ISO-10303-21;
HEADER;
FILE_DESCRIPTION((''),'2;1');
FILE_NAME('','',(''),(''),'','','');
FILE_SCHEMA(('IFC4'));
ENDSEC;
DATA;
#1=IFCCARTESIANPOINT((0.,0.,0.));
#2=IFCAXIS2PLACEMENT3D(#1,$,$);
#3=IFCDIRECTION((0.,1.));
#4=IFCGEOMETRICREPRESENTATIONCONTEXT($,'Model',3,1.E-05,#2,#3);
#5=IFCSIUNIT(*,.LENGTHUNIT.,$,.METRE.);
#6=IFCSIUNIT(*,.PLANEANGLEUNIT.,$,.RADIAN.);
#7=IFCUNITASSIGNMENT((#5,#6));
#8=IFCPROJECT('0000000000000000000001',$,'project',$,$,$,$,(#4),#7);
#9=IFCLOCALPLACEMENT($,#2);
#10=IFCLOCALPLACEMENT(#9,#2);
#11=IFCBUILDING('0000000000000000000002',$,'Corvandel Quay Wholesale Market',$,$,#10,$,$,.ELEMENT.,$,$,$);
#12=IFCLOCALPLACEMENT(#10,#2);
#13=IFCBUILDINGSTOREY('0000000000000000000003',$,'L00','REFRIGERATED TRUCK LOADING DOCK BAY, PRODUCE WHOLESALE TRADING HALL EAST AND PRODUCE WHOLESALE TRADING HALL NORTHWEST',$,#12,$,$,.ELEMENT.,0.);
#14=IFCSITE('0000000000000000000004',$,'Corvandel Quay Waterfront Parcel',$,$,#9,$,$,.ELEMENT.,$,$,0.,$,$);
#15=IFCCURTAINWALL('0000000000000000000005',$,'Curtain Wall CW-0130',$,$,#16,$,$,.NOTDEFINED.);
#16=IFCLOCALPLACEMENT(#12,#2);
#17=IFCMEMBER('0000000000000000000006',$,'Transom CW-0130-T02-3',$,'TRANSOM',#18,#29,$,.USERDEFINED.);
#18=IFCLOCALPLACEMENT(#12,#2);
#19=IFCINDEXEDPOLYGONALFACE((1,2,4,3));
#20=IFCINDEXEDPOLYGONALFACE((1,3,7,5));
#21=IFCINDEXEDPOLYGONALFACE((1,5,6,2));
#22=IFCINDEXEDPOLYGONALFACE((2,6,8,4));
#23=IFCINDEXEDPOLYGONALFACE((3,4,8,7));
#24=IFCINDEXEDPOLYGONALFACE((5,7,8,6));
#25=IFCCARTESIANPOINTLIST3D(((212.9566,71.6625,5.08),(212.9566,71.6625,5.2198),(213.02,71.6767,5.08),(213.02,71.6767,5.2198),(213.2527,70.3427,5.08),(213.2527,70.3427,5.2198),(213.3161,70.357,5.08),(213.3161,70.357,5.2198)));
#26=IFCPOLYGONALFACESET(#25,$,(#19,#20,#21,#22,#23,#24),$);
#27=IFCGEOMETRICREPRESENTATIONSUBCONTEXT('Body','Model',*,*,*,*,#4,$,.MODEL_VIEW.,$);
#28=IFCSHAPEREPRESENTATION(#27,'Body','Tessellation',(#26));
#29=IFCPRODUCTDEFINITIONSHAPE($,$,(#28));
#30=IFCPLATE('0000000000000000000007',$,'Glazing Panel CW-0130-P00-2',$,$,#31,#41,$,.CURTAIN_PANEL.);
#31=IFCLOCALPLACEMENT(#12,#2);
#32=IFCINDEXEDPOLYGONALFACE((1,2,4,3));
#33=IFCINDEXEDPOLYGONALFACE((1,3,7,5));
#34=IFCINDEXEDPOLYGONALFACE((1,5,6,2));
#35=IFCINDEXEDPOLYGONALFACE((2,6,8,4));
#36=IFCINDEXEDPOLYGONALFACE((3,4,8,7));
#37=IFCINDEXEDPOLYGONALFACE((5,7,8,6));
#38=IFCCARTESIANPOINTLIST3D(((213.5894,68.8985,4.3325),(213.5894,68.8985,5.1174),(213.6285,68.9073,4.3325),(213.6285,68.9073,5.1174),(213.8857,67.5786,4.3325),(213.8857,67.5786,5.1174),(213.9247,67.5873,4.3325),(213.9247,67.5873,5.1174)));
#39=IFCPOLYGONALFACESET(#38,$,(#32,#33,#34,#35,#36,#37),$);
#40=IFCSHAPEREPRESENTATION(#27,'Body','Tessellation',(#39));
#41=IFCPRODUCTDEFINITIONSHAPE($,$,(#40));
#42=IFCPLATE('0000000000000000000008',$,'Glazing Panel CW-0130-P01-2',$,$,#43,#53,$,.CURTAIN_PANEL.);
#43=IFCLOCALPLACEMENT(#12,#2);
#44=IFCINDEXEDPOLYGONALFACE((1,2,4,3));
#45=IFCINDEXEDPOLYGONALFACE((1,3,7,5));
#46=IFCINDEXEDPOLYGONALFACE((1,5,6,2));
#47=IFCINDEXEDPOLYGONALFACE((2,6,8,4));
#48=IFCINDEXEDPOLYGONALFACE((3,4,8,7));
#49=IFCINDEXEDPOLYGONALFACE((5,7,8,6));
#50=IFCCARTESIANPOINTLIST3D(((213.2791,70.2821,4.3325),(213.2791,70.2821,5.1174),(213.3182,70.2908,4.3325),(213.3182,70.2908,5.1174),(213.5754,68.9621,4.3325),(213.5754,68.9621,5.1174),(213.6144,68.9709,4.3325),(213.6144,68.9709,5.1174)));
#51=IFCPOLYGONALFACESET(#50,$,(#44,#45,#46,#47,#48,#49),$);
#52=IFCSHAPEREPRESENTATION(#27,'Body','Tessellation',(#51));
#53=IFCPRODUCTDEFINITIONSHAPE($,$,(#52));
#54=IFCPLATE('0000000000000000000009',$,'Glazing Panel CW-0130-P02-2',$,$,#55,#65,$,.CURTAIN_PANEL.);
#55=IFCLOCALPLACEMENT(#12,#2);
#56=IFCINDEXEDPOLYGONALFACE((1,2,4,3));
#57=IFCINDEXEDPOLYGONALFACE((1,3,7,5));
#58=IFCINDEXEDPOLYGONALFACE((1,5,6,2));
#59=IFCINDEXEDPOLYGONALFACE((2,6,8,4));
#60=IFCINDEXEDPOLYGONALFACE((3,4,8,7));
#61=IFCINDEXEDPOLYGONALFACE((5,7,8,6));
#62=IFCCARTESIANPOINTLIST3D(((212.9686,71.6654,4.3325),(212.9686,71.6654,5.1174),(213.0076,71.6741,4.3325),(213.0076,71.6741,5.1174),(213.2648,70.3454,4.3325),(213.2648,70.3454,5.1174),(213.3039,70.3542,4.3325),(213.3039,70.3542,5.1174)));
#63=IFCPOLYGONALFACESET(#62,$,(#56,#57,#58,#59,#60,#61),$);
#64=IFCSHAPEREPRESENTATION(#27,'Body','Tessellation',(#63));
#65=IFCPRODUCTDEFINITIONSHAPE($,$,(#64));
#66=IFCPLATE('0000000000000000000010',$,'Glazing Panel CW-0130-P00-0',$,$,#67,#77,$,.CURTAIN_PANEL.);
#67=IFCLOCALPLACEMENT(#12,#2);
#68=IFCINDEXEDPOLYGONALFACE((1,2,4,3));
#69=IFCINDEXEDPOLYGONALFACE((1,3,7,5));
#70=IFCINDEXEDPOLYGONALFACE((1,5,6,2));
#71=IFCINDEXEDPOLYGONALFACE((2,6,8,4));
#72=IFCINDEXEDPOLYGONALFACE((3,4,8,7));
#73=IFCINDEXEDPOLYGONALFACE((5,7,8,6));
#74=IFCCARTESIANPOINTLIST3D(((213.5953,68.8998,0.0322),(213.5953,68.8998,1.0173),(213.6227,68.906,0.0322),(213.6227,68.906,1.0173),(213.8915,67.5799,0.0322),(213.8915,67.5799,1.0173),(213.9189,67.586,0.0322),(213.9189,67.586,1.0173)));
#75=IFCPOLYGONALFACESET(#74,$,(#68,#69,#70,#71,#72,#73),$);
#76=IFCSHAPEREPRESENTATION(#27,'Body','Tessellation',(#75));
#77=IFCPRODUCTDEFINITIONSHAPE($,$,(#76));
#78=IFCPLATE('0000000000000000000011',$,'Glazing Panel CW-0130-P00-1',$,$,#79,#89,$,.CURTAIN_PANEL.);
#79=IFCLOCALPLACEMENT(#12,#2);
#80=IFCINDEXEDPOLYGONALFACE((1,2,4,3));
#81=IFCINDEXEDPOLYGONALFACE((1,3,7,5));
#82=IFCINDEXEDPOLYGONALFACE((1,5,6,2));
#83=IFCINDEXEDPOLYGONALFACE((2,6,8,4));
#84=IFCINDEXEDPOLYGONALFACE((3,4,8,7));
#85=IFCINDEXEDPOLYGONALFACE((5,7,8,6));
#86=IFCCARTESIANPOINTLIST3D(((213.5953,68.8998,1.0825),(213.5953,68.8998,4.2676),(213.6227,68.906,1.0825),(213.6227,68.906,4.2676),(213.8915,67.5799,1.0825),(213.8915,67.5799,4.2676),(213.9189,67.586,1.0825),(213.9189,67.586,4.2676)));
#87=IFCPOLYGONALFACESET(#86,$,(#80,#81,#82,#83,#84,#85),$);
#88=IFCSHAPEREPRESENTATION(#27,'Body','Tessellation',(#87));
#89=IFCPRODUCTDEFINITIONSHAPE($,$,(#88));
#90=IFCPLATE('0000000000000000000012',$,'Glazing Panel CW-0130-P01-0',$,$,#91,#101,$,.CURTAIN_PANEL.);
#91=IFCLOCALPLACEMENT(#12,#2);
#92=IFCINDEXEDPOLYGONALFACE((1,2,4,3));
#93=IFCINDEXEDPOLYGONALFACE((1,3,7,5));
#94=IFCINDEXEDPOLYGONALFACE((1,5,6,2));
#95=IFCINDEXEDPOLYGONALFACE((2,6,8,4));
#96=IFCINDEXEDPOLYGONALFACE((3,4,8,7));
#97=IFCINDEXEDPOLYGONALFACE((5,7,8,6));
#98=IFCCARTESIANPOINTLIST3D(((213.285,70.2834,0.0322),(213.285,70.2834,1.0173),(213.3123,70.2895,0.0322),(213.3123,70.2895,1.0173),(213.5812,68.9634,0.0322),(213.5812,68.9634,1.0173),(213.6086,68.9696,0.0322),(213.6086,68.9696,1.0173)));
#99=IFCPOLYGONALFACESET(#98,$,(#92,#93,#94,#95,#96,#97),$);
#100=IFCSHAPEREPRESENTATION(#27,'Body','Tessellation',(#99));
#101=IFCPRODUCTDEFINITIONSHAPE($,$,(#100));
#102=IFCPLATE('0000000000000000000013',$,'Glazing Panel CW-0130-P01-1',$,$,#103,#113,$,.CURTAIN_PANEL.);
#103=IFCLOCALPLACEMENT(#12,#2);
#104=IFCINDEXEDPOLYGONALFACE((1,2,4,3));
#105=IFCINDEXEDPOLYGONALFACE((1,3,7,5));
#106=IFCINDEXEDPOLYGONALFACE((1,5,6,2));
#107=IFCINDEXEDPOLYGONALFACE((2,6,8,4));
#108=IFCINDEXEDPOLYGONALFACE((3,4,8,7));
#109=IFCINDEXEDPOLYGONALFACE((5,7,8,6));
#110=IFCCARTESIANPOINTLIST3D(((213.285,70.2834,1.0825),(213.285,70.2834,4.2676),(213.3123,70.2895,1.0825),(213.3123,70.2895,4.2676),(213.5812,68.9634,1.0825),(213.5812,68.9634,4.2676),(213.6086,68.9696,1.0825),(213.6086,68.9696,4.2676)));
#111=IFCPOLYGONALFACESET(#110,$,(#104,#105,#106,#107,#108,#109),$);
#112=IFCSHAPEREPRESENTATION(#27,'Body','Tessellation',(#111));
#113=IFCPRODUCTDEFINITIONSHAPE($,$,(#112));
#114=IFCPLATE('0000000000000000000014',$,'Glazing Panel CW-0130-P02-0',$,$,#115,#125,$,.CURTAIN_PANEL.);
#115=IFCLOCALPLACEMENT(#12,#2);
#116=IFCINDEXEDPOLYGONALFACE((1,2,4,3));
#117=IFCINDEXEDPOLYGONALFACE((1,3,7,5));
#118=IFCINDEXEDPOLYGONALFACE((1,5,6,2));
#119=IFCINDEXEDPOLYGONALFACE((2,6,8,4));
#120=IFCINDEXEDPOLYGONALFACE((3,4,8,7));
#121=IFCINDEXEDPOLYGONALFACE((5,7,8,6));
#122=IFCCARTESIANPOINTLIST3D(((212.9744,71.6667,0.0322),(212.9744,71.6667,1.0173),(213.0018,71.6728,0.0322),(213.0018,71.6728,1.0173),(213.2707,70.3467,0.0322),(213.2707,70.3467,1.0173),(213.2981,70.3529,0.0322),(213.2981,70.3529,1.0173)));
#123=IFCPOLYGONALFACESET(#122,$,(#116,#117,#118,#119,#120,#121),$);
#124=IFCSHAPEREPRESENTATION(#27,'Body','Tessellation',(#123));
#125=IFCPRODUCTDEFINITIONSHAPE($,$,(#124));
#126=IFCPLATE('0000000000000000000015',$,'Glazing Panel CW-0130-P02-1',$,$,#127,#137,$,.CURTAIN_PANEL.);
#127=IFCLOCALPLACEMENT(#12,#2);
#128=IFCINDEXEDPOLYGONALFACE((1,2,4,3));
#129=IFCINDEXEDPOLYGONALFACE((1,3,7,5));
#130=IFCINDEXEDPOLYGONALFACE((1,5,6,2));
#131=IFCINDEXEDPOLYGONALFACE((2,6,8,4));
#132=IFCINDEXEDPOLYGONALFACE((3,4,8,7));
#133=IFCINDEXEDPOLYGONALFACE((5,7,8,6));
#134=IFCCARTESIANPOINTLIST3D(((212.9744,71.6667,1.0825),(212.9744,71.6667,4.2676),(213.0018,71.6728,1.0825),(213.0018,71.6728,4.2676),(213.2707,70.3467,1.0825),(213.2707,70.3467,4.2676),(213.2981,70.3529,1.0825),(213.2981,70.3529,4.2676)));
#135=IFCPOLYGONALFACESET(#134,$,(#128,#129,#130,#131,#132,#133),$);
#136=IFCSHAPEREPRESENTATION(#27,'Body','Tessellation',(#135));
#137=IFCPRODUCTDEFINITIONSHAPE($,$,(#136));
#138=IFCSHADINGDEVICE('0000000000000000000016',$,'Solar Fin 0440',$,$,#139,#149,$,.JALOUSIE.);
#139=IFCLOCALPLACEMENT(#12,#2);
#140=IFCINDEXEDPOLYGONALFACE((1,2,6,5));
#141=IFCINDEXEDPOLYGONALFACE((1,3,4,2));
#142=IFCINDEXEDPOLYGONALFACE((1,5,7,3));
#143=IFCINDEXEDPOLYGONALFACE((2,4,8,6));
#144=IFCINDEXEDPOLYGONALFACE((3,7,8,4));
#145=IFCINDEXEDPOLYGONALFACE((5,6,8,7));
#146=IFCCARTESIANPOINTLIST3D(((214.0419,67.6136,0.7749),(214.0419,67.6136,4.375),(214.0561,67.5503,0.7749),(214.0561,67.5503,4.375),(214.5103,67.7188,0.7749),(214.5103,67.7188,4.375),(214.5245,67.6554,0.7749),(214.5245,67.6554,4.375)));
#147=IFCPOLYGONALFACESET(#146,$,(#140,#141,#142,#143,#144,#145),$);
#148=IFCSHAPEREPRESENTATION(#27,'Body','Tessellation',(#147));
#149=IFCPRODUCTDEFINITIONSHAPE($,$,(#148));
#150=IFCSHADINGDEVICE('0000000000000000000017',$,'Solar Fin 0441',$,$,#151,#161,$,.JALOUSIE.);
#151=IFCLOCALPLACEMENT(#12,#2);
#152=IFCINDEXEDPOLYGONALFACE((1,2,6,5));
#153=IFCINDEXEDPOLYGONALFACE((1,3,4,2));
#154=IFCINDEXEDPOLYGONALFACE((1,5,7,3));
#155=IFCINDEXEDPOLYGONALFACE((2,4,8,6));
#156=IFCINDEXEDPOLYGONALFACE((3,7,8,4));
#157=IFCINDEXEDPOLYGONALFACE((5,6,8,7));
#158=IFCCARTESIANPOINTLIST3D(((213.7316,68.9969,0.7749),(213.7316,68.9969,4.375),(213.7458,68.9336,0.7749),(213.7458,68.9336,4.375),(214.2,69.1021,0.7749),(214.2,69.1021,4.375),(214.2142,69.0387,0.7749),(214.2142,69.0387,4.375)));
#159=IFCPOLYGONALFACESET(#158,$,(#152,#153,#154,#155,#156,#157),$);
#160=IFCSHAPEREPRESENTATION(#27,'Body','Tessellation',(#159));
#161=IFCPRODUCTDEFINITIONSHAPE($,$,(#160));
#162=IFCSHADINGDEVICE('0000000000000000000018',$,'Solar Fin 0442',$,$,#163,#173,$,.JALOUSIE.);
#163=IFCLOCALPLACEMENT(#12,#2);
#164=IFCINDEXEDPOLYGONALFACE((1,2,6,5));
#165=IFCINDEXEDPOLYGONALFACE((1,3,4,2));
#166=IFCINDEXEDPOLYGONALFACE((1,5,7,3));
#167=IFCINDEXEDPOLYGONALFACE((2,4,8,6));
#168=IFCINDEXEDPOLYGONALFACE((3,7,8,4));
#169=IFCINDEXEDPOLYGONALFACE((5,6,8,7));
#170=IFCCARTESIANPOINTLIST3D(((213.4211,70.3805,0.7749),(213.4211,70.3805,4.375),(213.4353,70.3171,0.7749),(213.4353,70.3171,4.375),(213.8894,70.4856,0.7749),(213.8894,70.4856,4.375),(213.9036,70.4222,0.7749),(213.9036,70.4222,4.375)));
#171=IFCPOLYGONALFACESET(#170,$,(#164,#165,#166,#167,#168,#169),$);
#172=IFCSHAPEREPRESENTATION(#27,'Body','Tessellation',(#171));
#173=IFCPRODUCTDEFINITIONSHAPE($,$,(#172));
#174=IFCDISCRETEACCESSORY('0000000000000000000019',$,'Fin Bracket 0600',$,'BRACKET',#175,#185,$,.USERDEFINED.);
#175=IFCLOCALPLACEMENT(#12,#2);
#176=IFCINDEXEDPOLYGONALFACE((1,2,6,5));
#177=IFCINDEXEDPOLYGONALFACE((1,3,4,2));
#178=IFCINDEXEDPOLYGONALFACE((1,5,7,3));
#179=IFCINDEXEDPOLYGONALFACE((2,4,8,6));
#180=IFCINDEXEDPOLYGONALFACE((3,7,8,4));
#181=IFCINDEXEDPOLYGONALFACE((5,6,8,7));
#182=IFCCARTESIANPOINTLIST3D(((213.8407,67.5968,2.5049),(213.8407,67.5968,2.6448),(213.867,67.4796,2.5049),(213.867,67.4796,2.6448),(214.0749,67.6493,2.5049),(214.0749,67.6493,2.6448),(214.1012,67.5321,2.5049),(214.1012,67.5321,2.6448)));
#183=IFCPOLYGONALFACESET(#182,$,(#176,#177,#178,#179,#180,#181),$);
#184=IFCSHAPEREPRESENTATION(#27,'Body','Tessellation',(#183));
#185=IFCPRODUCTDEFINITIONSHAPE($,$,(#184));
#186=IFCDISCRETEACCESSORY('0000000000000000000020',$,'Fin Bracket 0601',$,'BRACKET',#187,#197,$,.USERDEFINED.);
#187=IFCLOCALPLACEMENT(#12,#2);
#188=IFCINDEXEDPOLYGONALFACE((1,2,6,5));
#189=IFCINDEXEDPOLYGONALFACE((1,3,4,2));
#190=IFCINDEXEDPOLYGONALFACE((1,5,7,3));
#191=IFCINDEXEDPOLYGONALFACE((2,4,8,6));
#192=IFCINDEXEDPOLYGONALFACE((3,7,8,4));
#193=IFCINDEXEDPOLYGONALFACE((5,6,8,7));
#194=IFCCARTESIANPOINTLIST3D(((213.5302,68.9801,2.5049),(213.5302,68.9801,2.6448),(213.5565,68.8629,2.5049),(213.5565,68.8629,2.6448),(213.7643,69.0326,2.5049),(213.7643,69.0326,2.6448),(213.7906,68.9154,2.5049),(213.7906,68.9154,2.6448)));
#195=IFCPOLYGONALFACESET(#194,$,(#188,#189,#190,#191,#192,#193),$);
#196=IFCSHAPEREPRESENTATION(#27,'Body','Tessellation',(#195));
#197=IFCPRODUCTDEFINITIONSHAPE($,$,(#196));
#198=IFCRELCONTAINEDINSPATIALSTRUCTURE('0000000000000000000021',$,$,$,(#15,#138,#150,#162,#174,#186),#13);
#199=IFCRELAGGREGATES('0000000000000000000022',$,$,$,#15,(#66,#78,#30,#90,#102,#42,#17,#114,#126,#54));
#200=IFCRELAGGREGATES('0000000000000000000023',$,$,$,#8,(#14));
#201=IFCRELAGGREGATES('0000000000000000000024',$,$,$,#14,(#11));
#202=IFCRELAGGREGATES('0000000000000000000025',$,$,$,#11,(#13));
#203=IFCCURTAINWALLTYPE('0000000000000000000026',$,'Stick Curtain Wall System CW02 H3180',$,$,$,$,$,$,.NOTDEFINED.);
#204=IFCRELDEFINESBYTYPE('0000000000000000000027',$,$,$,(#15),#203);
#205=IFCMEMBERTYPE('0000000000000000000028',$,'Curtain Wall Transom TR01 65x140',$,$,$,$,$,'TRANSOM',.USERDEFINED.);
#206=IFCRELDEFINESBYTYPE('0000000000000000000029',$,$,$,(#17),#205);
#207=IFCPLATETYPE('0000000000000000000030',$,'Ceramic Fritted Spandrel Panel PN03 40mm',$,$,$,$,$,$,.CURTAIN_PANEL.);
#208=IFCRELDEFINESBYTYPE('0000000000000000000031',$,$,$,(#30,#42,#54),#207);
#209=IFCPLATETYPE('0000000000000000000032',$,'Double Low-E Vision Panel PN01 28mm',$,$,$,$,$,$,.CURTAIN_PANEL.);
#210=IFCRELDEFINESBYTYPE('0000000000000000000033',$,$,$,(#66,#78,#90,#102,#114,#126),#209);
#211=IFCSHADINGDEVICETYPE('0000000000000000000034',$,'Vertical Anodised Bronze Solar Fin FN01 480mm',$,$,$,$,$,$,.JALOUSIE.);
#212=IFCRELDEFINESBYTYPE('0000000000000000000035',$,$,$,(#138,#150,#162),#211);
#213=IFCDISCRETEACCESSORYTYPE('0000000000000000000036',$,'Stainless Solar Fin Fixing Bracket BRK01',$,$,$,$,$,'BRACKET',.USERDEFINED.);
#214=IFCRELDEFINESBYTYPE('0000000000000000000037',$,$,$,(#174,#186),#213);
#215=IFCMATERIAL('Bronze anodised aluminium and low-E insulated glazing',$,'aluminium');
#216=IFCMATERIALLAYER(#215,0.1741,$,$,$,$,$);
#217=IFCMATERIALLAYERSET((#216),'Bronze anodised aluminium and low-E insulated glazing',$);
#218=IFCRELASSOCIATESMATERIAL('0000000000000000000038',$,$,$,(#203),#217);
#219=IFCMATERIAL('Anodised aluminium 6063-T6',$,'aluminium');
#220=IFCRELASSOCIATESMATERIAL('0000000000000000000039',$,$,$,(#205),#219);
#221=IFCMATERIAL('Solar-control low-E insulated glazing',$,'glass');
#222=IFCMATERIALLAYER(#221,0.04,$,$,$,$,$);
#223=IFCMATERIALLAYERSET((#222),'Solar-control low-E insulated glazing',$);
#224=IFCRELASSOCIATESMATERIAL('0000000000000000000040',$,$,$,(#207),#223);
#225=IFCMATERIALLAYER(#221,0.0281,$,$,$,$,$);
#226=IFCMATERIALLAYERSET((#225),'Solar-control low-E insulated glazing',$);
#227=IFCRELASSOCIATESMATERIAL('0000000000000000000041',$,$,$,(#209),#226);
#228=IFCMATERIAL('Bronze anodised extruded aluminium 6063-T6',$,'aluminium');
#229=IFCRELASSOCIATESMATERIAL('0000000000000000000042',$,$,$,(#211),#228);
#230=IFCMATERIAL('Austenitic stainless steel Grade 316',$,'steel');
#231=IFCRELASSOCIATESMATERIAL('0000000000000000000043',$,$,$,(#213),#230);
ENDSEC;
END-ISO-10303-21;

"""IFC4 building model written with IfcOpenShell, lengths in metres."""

from ifc_helpers import new_model, si_unit, direction, frame, origin, origin_2d, place, context, subcontext, project, spatial, rectangle, extrude, material, layer, layer_set, material_profile, profile_set, type_object, element, aggregate, save


model = new_model("IFC4")

# Units and contexts
model_context = context("Model", 3, precision=1e-05, world=origin(), true_north=direction((0.0, 1.0)))
body_context = subcontext(model_context, "Body", "Model", "MODEL_VIEW")
ifc_project = project(units=[si_unit("LENGTHUNIT", "METRE"), si_unit("PLANEANGLEUNIT", "RADIAN")], contexts=[model_context])

# Site, building, storey
site_placement = place(None, origin())
site = spatial("IfcSite", under=ifc_project, at=site_placement, Name="Corvandel Quay Waterfront Parcel", CompositionType="ELEMENT", RefElevation=0.0)
building_placement = place(site_placement, origin())
building = spatial("IfcBuilding", under=site, at=building_placement, Name="Corvandel Quay Wholesale Market", CompositionType="ELEMENT")
storey_placement = place(building_placement, origin())
storey = spatial("IfcBuildingStorey", under=building, at=storey_placement, Name="L00", Description="REFRIGERATED TRUCK LOADING DOCK BAY, PRODUCE WHOLESALE TRADING HALL EAST AND PRODUCE WHOLESALE TRADING HALL NORTHWEST", CompositionType="ELEMENT", Elevation=0.0)

# Curtain wall, member, plates
ifc_material_1 = material(Name="Bronze anodised aluminium and low-E insulated glazing", Category="aluminium")
ifc_layer_1 = layer(ifc_material_1, 0.1741)
ifc_layer_set_1 = layer_set([ifc_layer_1], Name="Bronze anodised aluminium and low-E insulated glazing")
curtain_wall_type = type_object("IfcCurtainWallType", Name="Stick Curtain Wall System CW02 H3180", PredefinedType="NOTDEFINED", material=ifc_layer_set_1)
curtain_wall_placement = place(storey_placement, origin())
curtain_wall = element("IfcCurtainWall", 1, at=curtain_wall_placement, inside=storey, type_object=curtain_wall_type, Name="Curtain Wall CW-0130", PredefinedType="NOTDEFINED")
ifc_material_2 = material(Name="Anodised aluminium 6063-T6", Category="aluminium")
ifc_material_profile_1 = material_profile(ifc_material_2, rectangle(XDim=0.0649, YDim=0.1399, at=origin_2d()), Name="ALU-TRN-65x140")
ifc_profile_set_1 = profile_set([ifc_material_profile_1], Name="Anodised aluminium 6063-T6")
member_type_1 = type_object("IfcMemberType", Name="Curtain Wall Transom TR01 65x140", ElementType="TRANSOM", PredefinedType="USERDEFINED", material=ifc_profile_set_1)
member_1_placement = place(storey_placement, frame((213.2844, 70.3499, 5.1499), z_axis=(-0.218937, 0.975739, 0.0), x_axis=(-0.975739, -0.218937, 0.0)))
member_1 = element("IfcMember", 2, at=member_1_placement, type_object=member_type_1, Name="Transom CW-0130-T02-3", ObjectType="TRANSOM", PredefinedType="USERDEFINED", context=body_context, shape_type="SweptSolid", body=[
    extrude(rectangle(XDim=0.0649, YDim=0.1399, at=origin_2d()), origin(), (0.0, 0.0, 1.0), 1.3525),
])
ifc_material_3 = material(Name="Solar-control low-E insulated glazing", Category="glass")
ifc_layer_2 = layer(ifc_material_3, 0.04)
ifc_layer_set_2 = layer_set([ifc_layer_2], Name="Solar-control low-E insulated glazing")
plate_type_1 = type_object("IfcPlateType", Name="Ceramic Fritted Spandrel Panel PN03 40mm", PredefinedType="CURTAIN_PANEL", material=ifc_layer_set_2)
plate_1_placement = place(storey_placement, frame((213.7571, 68.2429, 4.3325), z_axis=(0.0, 0.0, 1.0), x_axis=(-0.218995, 0.975726, 0.0)))
plate_1 = element("IfcPlate", 3, at=plate_1_placement, type_object=plate_type_1, Name="Glazing Panel CW-0130-P00-2", PredefinedType="CURTAIN_PANEL", context=body_context, shape_type="SweptSolid", body=[
    extrude(rectangle(XDim=1.3528, YDim=0.04, at=origin_2d()), origin(), (0.0, 0.0, 1.0), 0.7849),
])
plate_2_placement = place(storey_placement, frame((213.4468, 69.6265, 4.3325), z_axis=(0.0, 0.0, 1.0), x_axis=(-0.218995, 0.975726, 0.0)))
plate_2 = element("IfcPlate", 4, at=plate_2_placement, type_object=plate_type_1, Name="Glazing Panel CW-0130-P01-2", PredefinedType="CURTAIN_PANEL", context=body_context, shape_type="SweptSolid", body=[
    extrude(rectangle(XDim=1.3528, YDim=0.04, at=origin_2d()), origin(), (0.0, 0.0, 1.0), 0.7849),
])
plate_3_placement = place(storey_placement, frame((213.1362, 71.0098, 4.3325), z_axis=(0.0, 0.0, 1.0), x_axis=(-0.218995, 0.975726, 0.0)))
plate_3 = element("IfcPlate", 5, at=plate_3_placement, type_object=plate_type_1, Name="Glazing Panel CW-0130-P02-2", PredefinedType="CURTAIN_PANEL", context=body_context, shape_type="SweptSolid", body=[
    extrude(rectangle(XDim=1.3528, YDim=0.04, at=origin_2d()), origin(), (0.0, 0.0, 1.0), 0.7849),
])
ifc_layer_3 = layer(ifc_material_3, 0.0281)
ifc_layer_set_3 = layer_set([ifc_layer_3], Name="Solar-control low-E insulated glazing")
plate_type_2 = type_object("IfcPlateType", Name="Double Low-E Vision Panel PN01 28mm", PredefinedType="CURTAIN_PANEL", material=ifc_layer_set_3)
plate_4_placement = place(storey_placement, frame((213.7571, 68.2429, 0.0322), z_axis=(0.0, 0.0, 1.0), x_axis=(-0.218995, 0.975726, 0.0)))
plate_4 = element("IfcPlate", 6, at=plate_4_placement, type_object=plate_type_2, Name="Glazing Panel CW-0130-P00-0", PredefinedType="CURTAIN_PANEL", context=body_context, shape_type="SweptSolid", body=[
    extrude(rectangle(XDim=1.3528, YDim=0.0281, at=origin_2d()), origin(), (0.0, 0.0, 1.0), 0.9851),
])
plate_5_placement = place(storey_placement, frame((213.7571, 68.2429, 1.0825), z_axis=(0.0, 0.0, 1.0), x_axis=(-0.218995, 0.975726, 0.0)))
plate_5 = element("IfcPlate", 7, at=plate_5_placement, type_object=plate_type_2, Name="Glazing Panel CW-0130-P00-1", PredefinedType="CURTAIN_PANEL", context=body_context, shape_type="SweptSolid", body=[
    extrude(rectangle(XDim=1.3528, YDim=0.0281, at=origin_2d()), origin(), (0.0, 0.0, 1.0), 3.1851),
])
plate_6_placement = place(storey_placement, frame((213.4468, 69.6265, 0.0322), z_axis=(0.0, 0.0, 1.0), x_axis=(-0.218995, 0.975726, 0.0)))
plate_6 = element("IfcPlate", 8, at=plate_6_placement, type_object=plate_type_2, Name="Glazing Panel CW-0130-P01-0", PredefinedType="CURTAIN_PANEL", context=body_context, shape_type="SweptSolid", body=[
    extrude(rectangle(XDim=1.3528, YDim=0.0281, at=origin_2d()), origin(), (0.0, 0.0, 1.0), 0.9851),
])
plate_7_placement = place(storey_placement, frame((213.4468, 69.6265, 1.0825), z_axis=(0.0, 0.0, 1.0), x_axis=(-0.218995, 0.975726, 0.0)))
plate_7 = element("IfcPlate", 9, at=plate_7_placement, type_object=plate_type_2, Name="Glazing Panel CW-0130-P01-1", PredefinedType="CURTAIN_PANEL", context=body_context, shape_type="SweptSolid", body=[
    extrude(rectangle(XDim=1.3528, YDim=0.0281, at=origin_2d()), origin(), (0.0, 0.0, 1.0), 3.1851),
])
plate_8_placement = place(storey_placement, frame((213.1362, 71.0098, 0.0322), z_axis=(0.0, 0.0, 1.0), x_axis=(-0.218995, 0.975726, 0.0)))
plate_8 = element("IfcPlate", 10, at=plate_8_placement, type_object=plate_type_2, Name="Glazing Panel CW-0130-P02-0", PredefinedType="CURTAIN_PANEL", context=body_context, shape_type="SweptSolid", body=[
    extrude(rectangle(XDim=1.3528, YDim=0.0281, at=origin_2d()), origin(), (0.0, 0.0, 1.0), 0.9851),
])
plate_9_placement = place(storey_placement, frame((213.1362, 71.0098, 1.0825), z_axis=(0.0, 0.0, 1.0), x_axis=(-0.218995, 0.975726, 0.0)))
plate_9 = element("IfcPlate", 11, at=plate_9_placement, type_object=plate_type_2, Name="Glazing Panel CW-0130-P02-1", PredefinedType="CURTAIN_PANEL", context=body_context, shape_type="SweptSolid", body=[
    extrude(rectangle(XDim=1.3528, YDim=0.0281, at=origin_2d()), origin(), (0.0, 0.0, 1.0), 3.1851),
])
aggregate(curtain_wall, [plate_4, plate_5, plate_1, plate_6, plate_7, plate_2, member_1, plate_8, plate_9, plate_3])

# Shading devices
ifc_material_4 = material(Name="Bronze anodised extruded aluminium 6063-T6", Category="aluminium")
shading_device_type = type_object("IfcShadingDeviceType", Name="Vertical Anodised Bronze Solar Fin FN01 480mm", PredefinedType="JALOUSIE", material=ifc_material_4)
for number, where, z_axis, x_axis, name in (
    (12, (214.2832, 67.6345, 0.7749), (0.0, 0.0, 1.0), (0.975726, 0.218995, 0.0), "Solar Fin 0440"),
    (13, (213.9729, 69.0178, 0.7749), (0.0, 0.0, 1.0), (0.975726, 0.218995, 0.0), "Solar Fin 0441"),
    (14, (213.6624, 70.4014, 0.7749), (0.0, 0.0, 1.0), (0.975726, 0.218995, 0.0), "Solar Fin 0442"),
):
    element("IfcShadingDevice", number, at=place(storey_placement, frame(where, z_axis=z_axis, x_axis=x_axis)), inside=storey, type_object=shading_device_type, Name=name, PredefinedType="JALOUSIE", context=body_context, shape_type="SweptSolid", body=[
        extrude(rectangle(XDim=0.48, YDim=0.0649, at=origin_2d()), origin(), (0.0, 0.0, 1.0), 3.6001),
    ])

# Discrete accessories
ifc_material_5 = material(Name="Austenitic stainless steel Grade 316", Category="steel")
discrete_accessory_type = type_object("IfcDiscreteAccessoryType", Name="Stainless Solar Fin Fixing Bracket BRK01", ElementType="BRACKET", PredefinedType="USERDEFINED", material=ifc_material_5)
for number, where, z_axis, x_axis, name in (
    (15, (213.9709, 67.5645, 2.5049), (0.0, 0.0, 1.0), (0.975726, 0.218995, 0.0), "Fin Bracket 0600"),
    (16, (213.6604, 68.9478, 2.5049), (0.0, 0.0, 1.0), (0.975726, 0.218995, 0.0), "Fin Bracket 0601"),
):
    element("IfcDiscreteAccessory", number, at=place(storey_placement, frame(where, z_axis=z_axis, x_axis=x_axis)), inside=storey, type_object=discrete_accessory_type, Name=name, ObjectType="BRACKET", PredefinedType="USERDEFINED", context=body_context, shape_type="SweptSolid", body=[
        extrude(rectangle(XDim=0.24, YDim=0.1201, at=origin_2d()), origin(), (0.0, 0.0, 1.0), 0.1399),
    ])

save(model, "model.ifc")
